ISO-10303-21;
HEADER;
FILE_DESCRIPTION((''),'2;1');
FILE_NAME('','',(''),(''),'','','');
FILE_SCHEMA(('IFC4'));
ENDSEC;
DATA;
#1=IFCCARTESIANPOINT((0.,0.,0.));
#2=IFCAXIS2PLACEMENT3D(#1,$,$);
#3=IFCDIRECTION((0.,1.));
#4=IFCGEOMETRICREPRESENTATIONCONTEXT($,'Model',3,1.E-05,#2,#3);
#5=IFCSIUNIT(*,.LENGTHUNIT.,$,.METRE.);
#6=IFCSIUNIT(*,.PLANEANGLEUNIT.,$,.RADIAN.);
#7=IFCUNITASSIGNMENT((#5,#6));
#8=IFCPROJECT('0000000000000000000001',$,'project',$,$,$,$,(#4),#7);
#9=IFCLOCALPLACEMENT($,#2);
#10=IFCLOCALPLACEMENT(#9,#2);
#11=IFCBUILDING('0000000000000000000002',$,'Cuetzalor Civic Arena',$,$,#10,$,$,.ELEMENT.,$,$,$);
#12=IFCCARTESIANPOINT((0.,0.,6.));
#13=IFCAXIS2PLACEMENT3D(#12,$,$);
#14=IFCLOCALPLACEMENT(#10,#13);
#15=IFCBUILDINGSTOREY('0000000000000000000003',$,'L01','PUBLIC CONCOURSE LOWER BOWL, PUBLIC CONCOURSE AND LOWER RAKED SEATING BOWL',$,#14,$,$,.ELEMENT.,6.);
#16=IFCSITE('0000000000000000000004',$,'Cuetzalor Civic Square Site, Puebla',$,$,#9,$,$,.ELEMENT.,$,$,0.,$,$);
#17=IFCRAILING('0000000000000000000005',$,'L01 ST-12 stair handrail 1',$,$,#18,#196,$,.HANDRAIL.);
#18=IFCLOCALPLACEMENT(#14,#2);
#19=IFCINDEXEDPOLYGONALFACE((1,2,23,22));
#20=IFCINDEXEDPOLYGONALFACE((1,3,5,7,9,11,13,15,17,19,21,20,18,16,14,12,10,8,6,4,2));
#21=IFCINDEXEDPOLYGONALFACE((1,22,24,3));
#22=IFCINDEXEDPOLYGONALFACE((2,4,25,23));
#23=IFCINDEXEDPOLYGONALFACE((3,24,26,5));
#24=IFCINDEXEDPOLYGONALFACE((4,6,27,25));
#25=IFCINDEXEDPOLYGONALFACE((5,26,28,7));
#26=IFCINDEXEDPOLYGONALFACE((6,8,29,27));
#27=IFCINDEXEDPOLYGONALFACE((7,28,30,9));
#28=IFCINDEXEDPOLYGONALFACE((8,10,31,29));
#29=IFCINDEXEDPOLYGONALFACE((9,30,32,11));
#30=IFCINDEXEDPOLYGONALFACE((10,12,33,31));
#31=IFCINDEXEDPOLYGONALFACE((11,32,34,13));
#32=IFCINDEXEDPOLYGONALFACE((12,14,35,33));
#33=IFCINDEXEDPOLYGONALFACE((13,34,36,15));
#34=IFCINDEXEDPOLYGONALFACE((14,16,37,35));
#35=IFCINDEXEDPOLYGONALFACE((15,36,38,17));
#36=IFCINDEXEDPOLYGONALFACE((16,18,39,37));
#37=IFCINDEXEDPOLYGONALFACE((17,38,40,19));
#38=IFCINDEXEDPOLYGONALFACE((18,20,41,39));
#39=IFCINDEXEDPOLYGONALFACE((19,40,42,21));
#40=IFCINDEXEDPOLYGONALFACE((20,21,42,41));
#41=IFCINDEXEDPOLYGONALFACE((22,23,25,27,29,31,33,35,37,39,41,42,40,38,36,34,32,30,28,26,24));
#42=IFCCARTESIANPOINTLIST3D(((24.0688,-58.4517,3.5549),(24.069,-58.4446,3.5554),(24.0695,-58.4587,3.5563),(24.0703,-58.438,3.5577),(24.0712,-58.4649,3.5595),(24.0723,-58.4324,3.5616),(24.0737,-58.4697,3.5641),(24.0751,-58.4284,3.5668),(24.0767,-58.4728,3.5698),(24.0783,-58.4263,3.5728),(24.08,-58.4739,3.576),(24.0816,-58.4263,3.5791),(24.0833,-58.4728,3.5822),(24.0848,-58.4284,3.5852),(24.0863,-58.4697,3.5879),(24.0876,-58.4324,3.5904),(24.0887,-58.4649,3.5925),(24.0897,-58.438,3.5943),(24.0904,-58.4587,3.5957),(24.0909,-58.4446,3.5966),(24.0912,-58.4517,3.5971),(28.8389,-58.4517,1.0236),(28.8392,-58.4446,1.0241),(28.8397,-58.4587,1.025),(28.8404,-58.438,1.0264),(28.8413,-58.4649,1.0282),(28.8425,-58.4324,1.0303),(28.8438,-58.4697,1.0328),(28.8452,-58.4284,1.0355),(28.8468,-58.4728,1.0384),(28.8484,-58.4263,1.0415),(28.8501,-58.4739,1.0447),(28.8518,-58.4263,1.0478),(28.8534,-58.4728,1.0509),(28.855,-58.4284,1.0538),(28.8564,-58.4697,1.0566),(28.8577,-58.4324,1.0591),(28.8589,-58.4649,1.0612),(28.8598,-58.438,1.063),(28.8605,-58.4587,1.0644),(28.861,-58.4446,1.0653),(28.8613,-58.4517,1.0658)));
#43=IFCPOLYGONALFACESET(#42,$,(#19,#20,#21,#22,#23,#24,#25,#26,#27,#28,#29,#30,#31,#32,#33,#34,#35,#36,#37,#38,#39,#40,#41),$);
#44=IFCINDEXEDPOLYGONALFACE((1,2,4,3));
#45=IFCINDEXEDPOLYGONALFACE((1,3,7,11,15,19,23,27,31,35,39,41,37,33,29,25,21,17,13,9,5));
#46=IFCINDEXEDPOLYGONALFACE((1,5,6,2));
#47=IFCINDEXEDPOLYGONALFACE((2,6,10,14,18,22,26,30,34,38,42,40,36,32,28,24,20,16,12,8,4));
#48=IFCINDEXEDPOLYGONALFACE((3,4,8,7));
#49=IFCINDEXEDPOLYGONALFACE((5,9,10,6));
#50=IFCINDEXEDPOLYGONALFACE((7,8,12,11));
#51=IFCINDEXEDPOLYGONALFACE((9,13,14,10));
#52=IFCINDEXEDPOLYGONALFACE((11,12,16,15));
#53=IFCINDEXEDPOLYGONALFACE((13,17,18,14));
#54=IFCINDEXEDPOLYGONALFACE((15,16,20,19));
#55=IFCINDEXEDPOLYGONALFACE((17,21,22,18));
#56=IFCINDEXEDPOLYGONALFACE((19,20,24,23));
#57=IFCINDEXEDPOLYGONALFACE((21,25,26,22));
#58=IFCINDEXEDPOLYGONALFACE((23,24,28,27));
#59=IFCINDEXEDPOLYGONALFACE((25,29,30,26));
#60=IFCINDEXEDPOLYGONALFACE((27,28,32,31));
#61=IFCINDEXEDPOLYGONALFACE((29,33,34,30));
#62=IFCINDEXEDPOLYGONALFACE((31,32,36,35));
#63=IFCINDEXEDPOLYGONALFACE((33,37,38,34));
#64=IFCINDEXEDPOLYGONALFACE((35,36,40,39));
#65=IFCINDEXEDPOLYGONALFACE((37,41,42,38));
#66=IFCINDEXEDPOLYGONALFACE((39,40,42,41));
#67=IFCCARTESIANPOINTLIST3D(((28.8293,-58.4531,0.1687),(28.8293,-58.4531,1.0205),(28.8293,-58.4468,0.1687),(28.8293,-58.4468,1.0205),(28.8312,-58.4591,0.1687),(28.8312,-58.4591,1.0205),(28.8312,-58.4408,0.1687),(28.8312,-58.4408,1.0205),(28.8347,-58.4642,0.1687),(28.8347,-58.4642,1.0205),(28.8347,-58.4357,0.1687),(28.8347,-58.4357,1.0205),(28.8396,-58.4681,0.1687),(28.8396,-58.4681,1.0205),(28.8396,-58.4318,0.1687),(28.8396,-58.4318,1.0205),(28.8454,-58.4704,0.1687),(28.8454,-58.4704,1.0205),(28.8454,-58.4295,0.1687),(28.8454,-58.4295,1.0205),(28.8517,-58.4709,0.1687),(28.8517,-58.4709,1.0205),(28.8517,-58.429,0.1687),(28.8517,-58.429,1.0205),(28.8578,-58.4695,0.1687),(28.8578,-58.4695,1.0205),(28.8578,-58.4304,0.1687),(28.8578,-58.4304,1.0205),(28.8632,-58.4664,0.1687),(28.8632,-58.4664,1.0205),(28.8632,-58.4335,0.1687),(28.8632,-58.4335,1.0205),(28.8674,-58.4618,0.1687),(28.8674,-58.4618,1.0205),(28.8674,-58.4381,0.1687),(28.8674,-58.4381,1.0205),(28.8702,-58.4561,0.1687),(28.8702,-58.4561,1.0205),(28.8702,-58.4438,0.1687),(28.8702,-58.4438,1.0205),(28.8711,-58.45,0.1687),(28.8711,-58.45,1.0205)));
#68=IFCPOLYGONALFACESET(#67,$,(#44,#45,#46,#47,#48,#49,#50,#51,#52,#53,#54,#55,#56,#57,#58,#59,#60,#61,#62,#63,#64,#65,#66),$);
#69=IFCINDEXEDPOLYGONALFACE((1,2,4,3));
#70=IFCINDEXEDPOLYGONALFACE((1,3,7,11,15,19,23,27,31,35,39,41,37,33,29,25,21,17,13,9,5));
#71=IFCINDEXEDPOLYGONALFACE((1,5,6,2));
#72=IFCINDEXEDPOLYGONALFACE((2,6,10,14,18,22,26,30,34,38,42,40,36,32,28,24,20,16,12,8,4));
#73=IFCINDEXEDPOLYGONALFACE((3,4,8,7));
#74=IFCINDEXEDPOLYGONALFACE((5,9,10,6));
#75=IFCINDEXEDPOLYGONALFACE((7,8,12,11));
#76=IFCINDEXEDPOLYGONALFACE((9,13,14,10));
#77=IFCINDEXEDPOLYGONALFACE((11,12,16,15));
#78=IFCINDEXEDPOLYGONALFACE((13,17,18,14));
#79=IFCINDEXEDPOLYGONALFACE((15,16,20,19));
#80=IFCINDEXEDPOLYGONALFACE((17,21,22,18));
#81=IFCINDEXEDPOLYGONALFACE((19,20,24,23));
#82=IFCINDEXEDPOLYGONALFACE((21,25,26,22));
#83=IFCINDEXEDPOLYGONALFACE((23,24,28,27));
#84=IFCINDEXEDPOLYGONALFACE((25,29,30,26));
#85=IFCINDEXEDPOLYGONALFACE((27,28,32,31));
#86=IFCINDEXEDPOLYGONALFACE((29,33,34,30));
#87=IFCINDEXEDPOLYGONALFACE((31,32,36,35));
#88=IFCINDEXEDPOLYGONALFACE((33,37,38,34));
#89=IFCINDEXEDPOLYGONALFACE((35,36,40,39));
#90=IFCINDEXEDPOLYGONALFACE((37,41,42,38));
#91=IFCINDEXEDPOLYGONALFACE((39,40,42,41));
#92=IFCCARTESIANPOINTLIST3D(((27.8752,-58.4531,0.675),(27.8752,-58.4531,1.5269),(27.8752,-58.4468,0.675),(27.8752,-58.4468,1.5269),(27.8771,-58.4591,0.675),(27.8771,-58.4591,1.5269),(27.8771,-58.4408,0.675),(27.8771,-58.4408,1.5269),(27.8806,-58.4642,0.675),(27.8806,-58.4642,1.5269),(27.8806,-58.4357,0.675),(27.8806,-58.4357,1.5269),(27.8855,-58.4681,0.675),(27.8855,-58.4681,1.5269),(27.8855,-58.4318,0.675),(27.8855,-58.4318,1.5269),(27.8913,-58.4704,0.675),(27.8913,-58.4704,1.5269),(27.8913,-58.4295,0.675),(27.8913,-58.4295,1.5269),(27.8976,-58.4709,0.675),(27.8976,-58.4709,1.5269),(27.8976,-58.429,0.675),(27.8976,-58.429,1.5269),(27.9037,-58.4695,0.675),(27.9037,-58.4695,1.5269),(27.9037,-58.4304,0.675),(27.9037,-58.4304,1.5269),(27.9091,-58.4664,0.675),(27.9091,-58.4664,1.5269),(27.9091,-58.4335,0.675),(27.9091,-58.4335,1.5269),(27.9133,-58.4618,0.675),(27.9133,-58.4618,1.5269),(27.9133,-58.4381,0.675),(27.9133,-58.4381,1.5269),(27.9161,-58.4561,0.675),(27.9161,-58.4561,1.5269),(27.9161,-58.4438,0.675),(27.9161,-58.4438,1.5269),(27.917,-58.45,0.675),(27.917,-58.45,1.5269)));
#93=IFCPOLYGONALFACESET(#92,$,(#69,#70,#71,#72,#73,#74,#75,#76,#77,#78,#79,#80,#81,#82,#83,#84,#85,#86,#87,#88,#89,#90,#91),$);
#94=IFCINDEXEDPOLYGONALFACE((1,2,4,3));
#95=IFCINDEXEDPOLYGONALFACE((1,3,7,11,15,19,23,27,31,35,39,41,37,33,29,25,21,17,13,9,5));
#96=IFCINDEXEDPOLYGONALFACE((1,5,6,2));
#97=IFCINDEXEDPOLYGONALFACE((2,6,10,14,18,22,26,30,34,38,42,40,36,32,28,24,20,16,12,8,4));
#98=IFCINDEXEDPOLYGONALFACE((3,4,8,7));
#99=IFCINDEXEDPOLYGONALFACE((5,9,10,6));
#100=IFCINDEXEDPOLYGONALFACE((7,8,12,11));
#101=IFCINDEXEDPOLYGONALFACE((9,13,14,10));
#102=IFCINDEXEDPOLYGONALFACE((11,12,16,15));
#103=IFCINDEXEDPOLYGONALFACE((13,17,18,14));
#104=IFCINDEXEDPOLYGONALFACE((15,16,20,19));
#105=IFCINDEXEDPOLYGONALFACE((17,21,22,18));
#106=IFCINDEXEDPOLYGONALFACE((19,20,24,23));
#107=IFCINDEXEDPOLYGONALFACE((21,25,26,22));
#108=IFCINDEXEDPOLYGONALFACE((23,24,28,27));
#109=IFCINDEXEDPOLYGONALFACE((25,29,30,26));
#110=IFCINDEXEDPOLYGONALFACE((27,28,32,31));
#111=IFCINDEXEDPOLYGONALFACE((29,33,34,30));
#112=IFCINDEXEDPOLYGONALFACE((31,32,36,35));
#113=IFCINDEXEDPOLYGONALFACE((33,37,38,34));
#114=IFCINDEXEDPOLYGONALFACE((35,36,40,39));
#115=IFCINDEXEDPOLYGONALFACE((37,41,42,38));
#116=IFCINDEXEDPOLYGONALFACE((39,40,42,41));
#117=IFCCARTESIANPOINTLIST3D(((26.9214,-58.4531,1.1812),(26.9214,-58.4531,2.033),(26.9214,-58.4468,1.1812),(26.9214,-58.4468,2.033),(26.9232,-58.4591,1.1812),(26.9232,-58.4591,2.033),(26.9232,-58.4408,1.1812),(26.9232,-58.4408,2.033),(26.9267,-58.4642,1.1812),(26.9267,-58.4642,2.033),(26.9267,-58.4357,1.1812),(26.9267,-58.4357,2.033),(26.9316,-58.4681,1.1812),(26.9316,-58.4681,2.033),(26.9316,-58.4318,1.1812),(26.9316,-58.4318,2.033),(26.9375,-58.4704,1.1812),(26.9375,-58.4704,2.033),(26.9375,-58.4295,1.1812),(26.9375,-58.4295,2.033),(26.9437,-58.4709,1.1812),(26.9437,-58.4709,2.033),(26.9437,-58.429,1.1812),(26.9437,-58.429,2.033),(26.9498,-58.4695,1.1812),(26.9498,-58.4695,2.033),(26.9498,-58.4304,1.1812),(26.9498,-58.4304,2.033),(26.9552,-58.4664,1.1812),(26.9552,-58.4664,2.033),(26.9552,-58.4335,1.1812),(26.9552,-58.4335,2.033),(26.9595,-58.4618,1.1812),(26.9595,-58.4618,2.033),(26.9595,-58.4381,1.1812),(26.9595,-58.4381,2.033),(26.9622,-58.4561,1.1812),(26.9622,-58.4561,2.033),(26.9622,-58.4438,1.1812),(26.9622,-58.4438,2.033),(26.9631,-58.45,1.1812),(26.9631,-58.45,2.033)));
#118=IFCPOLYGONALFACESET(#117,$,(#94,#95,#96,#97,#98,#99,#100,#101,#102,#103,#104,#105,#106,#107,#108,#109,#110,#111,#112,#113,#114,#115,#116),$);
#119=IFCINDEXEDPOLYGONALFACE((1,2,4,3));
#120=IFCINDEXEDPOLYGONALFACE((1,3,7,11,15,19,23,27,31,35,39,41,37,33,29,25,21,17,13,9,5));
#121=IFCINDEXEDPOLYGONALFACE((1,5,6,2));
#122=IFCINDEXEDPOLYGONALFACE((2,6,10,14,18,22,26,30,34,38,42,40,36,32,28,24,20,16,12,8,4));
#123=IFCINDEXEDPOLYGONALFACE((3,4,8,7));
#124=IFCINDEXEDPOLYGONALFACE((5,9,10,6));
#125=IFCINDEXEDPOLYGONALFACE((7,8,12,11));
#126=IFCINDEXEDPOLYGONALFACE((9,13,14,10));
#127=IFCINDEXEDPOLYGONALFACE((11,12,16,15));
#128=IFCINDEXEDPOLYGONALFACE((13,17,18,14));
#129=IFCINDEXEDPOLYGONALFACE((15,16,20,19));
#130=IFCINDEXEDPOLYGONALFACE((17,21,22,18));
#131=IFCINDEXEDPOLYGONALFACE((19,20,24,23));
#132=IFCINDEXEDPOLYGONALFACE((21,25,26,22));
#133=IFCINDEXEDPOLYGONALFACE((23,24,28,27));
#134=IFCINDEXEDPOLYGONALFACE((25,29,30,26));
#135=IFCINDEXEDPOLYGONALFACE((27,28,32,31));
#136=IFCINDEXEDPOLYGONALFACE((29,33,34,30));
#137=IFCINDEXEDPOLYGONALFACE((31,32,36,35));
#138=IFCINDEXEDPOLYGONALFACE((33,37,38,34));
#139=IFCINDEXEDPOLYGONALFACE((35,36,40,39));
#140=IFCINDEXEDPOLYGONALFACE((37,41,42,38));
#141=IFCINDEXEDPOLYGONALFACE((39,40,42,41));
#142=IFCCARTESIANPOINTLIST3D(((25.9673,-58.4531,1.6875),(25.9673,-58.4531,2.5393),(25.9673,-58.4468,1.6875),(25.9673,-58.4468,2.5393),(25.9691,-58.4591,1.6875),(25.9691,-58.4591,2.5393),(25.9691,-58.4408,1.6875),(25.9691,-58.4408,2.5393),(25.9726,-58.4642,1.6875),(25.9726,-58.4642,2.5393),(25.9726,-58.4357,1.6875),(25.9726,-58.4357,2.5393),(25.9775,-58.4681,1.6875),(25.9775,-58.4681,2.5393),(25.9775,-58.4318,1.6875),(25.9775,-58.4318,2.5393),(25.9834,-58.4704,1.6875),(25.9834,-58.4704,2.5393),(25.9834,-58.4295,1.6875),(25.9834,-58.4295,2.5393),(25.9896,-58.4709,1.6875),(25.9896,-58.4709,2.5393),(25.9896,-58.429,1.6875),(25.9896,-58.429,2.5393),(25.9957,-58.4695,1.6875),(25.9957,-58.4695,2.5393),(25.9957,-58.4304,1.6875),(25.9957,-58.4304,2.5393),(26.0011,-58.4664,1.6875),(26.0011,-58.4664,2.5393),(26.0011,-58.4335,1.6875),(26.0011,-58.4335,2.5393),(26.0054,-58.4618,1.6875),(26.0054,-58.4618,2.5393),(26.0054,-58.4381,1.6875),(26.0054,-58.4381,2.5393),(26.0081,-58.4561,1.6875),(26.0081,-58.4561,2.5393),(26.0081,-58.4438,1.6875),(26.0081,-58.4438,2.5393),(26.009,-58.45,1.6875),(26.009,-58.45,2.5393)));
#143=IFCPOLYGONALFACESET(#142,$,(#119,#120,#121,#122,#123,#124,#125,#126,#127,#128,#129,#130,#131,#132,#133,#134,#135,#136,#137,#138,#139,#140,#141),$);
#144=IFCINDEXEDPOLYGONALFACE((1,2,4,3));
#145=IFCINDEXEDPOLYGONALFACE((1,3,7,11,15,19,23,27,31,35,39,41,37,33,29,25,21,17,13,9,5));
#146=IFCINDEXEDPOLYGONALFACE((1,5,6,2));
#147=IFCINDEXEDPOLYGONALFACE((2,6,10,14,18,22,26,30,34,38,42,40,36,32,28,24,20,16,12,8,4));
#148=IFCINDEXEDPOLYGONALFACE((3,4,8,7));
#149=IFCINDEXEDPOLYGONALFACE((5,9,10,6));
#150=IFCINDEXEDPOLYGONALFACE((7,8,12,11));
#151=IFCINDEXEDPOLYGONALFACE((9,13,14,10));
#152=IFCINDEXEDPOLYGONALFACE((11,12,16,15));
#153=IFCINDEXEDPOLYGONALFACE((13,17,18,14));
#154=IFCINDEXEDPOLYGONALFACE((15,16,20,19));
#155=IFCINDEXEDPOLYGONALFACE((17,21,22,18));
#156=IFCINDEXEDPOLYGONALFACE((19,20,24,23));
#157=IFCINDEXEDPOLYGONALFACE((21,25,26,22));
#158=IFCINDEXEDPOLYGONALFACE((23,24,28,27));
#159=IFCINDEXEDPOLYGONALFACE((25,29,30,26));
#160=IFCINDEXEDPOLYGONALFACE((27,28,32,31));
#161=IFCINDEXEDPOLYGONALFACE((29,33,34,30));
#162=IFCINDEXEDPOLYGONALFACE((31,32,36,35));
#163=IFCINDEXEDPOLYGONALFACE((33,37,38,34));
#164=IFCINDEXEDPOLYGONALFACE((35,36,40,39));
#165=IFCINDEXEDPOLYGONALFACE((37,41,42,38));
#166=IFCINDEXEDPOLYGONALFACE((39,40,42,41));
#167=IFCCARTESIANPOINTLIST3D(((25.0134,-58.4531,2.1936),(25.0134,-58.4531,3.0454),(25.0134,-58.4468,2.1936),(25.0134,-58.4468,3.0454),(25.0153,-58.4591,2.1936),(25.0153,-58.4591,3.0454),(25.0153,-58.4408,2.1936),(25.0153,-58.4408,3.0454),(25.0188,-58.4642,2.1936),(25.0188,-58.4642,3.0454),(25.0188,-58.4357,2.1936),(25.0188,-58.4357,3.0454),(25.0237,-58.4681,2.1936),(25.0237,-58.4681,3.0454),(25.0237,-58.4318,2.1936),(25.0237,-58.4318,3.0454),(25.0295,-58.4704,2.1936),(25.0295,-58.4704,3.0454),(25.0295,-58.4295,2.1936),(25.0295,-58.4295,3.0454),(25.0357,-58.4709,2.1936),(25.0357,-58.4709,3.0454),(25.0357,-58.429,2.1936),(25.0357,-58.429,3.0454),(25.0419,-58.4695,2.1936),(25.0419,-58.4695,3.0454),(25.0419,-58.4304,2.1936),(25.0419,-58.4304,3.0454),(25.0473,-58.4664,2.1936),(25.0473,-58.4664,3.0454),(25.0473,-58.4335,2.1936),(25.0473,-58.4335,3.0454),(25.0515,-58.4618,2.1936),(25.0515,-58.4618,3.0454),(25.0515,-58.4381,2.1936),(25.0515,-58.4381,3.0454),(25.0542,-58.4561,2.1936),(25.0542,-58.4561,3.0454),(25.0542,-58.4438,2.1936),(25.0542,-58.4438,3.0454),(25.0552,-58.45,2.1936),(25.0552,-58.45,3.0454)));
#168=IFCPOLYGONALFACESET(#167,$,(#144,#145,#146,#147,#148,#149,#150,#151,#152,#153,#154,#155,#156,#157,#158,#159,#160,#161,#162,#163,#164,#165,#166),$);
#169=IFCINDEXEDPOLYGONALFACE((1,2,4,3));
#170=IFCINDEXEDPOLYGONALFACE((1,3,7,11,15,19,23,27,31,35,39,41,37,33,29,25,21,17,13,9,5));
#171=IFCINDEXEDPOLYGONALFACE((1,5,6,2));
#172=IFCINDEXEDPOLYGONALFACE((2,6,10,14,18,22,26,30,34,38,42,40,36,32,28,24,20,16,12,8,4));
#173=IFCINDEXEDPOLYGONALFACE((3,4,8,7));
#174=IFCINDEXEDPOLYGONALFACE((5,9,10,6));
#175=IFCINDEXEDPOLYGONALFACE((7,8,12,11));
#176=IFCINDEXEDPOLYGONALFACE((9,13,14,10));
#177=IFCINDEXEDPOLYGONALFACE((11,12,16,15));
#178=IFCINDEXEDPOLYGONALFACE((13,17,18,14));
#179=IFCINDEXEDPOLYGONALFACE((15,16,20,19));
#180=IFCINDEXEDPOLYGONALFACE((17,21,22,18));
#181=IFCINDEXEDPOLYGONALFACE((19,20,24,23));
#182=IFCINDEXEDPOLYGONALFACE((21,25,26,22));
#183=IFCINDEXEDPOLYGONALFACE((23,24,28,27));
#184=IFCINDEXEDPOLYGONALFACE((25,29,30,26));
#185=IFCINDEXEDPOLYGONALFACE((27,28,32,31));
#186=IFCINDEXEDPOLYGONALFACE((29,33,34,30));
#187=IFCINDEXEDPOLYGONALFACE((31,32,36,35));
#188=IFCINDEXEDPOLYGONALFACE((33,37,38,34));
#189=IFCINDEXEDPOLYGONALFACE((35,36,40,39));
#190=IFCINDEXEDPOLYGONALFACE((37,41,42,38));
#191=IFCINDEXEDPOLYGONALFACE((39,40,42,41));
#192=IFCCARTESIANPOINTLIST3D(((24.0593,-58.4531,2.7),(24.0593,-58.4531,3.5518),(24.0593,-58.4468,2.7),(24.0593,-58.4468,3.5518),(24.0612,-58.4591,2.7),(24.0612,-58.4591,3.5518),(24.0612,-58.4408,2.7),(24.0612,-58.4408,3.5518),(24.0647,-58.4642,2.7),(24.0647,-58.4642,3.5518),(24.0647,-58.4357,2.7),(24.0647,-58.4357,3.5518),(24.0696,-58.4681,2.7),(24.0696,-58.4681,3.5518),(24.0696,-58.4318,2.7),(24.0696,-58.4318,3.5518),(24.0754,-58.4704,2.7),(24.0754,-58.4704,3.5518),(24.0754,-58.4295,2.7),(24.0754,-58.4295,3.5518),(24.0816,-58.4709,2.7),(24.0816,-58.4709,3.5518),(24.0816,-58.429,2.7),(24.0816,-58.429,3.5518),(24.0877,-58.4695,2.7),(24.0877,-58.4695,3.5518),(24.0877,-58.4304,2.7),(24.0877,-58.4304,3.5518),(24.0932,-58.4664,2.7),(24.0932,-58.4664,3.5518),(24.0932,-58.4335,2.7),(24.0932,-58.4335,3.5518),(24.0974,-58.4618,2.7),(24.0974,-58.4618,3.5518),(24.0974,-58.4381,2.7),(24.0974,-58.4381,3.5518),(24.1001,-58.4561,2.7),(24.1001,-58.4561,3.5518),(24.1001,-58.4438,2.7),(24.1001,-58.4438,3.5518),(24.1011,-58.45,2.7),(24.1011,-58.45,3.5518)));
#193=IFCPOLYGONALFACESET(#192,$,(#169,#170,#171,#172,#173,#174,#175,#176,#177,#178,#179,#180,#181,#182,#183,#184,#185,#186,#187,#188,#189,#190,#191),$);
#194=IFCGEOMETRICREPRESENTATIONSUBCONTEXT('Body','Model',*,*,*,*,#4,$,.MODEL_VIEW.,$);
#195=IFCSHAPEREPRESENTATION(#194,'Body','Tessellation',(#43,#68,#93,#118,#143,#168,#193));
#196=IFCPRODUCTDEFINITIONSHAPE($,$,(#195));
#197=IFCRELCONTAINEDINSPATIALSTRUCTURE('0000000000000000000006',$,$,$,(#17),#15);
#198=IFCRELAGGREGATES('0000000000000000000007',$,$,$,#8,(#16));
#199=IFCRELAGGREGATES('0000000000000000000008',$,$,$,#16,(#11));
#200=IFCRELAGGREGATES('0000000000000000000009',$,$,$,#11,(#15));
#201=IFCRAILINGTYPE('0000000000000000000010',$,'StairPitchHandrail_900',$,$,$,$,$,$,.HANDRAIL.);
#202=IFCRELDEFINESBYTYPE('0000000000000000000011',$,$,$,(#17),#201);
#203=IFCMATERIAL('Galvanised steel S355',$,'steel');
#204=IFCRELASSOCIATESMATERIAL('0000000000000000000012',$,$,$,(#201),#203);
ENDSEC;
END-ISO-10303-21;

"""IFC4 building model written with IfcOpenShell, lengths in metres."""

from ifc_helpers import new_model, si_unit, direction, frame, origin, origin_2d, place, context, subcontext, project, spatial, circle, extrude, material, type_object, element, save


model = new_model("IFC4")

# Units and contexts
model_context = context("Model", 3, precision=1e-05, world=origin(), true_north=direction((0.0, 1.0)))
body_context = subcontext(model_context, "Body", "Model", "MODEL_VIEW")
ifc_project = project(units=[si_unit("LENGTHUNIT", "METRE"), si_unit("PLANEANGLEUNIT", "RADIAN")], contexts=[model_context])

# Site, building, storey
site_placement = place(None, origin())
site = spatial("IfcSite", under=ifc_project, at=site_placement, Name="Cuetzalor Civic Square Site, Puebla", CompositionType="ELEMENT", RefElevation=0.0)
building_placement = place(site_placement, origin())
building = spatial("IfcBuilding", under=site, at=building_placement, Name="Cuetzalor Civic Arena", CompositionType="ELEMENT")
storey_placement = place(building_placement, frame((0.0, 0.0, 6.0)))
storey = spatial("IfcBuildingStorey", under=building, at=storey_placement, Name="L01", Description="PUBLIC CONCOURSE LOWER BOWL, PUBLIC CONCOURSE AND LOWER RAKED SEATING BOWL", CompositionType="ELEMENT", Elevation=6.0)

# Railing
ifc_material_1 = material(Name="Galvanised steel S355", Category="steel")
railing_type_1 = type_object("IfcRailingType", Name="StairPitchHandrail_900", PredefinedType="HANDRAIL", material=ifc_material_1)
railing_1_placement = place(storey_placement, frame((28.8501, -58.45, 0.1687)))
element("IfcRailing", 1, at=railing_1_placement, inside=storey, type_object=railing_type_1, Name="L01 ST-12 stair handrail 1", PredefinedType="HANDRAIL", context=body_context, shape_type="SweptSolid", body=[
    extrude(circle(Radius=0.0239, at=origin_2d()), frame((0.0, 0.0, 0.876), z_axis=(-0.883332, 0.0, 0.468747), x_axis=(0.0, -1.0, 0.0)), (0.0, 0.0, 1.0), 5.4001),
    extrude(circle(Radius=0.021, at=origin_2d()), origin(), (0.0, 0.0, 1.0), 0.8518),
    extrude(circle(Radius=0.021, at=origin_2d()), frame((-0.9541, 0.0, 0.5063)), (0.0, 0.0, 1.0), 0.8518),
    extrude(circle(Radius=0.021, at=origin_2d()), frame((-1.908, 0.0, 1.0125)), (0.0, 0.0, 1.0), 0.8518),
    extrude(circle(Radius=0.021, at=origin_2d()), frame((-2.8621, 0.0, 1.5188)), (0.0, 0.0, 1.0), 0.8518),
    extrude(circle(Radius=0.021, at=origin_2d()), frame((-3.8159, 0.0, 2.0249)), (0.0, 0.0, 1.0), 0.8518),
    extrude(circle(Radius=0.021, at=origin_2d()), frame((-4.77, 0.0, 2.5312)), (0.0, 0.0, 1.0), 0.8518),
])

save(model, "model.ifc")
